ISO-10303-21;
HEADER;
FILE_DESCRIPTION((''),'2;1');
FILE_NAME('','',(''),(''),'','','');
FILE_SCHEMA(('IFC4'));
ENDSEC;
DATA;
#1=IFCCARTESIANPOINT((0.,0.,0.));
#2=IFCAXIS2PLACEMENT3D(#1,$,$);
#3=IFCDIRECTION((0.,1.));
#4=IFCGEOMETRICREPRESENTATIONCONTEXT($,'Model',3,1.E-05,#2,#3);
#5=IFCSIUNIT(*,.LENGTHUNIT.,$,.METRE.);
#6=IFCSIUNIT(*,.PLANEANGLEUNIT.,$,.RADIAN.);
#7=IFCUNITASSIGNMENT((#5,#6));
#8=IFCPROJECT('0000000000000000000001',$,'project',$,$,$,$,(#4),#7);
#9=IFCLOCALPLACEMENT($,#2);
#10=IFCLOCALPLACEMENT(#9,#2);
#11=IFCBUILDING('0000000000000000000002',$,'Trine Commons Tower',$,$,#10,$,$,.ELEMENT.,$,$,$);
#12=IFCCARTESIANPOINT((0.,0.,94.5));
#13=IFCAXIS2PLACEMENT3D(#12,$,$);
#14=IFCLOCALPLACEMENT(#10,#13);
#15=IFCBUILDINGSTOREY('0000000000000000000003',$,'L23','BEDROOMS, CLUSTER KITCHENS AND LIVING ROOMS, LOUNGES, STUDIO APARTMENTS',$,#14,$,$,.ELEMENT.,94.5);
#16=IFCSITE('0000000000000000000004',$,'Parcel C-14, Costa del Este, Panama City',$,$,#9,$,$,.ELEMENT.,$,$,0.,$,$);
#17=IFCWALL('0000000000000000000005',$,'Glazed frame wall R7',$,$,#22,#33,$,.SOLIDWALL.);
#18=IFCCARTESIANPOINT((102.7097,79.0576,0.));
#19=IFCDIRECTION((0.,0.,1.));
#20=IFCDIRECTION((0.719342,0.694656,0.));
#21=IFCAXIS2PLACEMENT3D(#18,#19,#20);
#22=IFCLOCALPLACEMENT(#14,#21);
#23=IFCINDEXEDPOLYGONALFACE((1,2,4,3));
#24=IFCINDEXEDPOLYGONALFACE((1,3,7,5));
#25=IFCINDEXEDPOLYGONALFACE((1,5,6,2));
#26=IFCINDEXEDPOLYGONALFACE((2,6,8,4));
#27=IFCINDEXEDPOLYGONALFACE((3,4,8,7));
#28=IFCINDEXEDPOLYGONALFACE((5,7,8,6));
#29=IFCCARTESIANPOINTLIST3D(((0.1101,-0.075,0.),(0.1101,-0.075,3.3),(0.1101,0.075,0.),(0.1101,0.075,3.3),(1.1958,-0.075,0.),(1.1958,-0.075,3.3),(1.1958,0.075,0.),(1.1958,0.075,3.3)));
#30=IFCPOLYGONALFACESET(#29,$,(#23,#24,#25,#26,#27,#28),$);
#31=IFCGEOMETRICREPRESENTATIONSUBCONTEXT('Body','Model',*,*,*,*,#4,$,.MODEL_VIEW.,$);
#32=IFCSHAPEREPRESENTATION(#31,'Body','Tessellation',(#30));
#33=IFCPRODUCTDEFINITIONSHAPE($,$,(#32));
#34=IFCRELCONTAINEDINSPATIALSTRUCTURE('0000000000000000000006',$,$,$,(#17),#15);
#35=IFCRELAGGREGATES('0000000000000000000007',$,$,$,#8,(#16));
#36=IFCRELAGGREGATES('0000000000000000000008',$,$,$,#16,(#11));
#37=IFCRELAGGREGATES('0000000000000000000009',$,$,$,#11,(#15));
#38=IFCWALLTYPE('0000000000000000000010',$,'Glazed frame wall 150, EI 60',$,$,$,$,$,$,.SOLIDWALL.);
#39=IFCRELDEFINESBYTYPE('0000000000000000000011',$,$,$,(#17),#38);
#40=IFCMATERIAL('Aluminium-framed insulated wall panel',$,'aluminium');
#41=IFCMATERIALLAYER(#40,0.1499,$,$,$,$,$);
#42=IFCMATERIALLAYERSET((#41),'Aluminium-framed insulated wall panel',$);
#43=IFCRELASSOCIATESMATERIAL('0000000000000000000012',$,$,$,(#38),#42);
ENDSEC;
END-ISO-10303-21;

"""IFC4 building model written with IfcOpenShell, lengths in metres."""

from ifc_helpers import new_model, si_unit, direction, frame, origin, place, context, subcontext, project, spatial, polyline, outline, extrude, material, layer, layer_set, type_object, element, save


model = new_model("IFC4")

# Units and contexts
model_context = context("Model", 3, precision=1e-05, world=origin(), true_north=direction((0.0, 1.0)))
body_context = subcontext(model_context, "Body", "Model", "MODEL_VIEW")
ifc_project = project(units=[si_unit("LENGTHUNIT", "METRE"), si_unit("PLANEANGLEUNIT", "RADIAN")], contexts=[model_context])

# Site, building, storey
site_placement = place(None, origin())
site = spatial("IfcSite", under=ifc_project, at=site_placement, Name="Parcel C-14, Costa del Este, Panama City", CompositionType="ELEMENT", RefElevation=0.0)
building_placement = place(site_placement, origin())
building = spatial("IfcBuilding", under=site, at=building_placement, Name="Trine Commons Tower", CompositionType="ELEMENT")
storey_placement = place(building_placement, frame((0.0, 0.0, 94.5)))
storey = spatial("IfcBuildingStorey", under=building, at=storey_placement, Name="L23", Description="BEDROOMS, CLUSTER KITCHENS AND LIVING ROOMS, LOUNGES, STUDIO APARTMENTS", CompositionType="ELEMENT", Elevation=94.5)

# Wall
ifc_material_1 = material(Name="Aluminium-framed insulated wall panel", Category="aluminium")
ifc_layer_1 = layer(ifc_material_1, 0.1499)
ifc_layer_set_1 = layer_set([ifc_layer_1], Name="Aluminium-framed insulated wall panel")
wall_type_1 = type_object("IfcWallType", Name="Glazed frame wall 150, EI 60", PredefinedType="SOLIDWALL", material=ifc_layer_set_1)
wall_1_placement = place(storey_placement, frame((102.7097, 79.0576, 0.0), z_axis=(0.0, 0.0, 1.0), x_axis=(0.719342, 0.694656, 0.0)))
element("IfcWall", 1, at=wall_1_placement, inside=storey, type_object=wall_type_1, Name="Glazed frame wall R7", PredefinedType="SOLIDWALL", context=body_context, shape_type="SweptSolid", body=[
    extrude(outline(polyline([(0.1101, 0.075), (0.1101, -0.075), (1.1958, -0.075), (1.1958, 0.075), (0.1101, 0.075)])), origin(), (0.0, 0.0, 1.0), 3.3),
])

save(model, "model.ifc")
